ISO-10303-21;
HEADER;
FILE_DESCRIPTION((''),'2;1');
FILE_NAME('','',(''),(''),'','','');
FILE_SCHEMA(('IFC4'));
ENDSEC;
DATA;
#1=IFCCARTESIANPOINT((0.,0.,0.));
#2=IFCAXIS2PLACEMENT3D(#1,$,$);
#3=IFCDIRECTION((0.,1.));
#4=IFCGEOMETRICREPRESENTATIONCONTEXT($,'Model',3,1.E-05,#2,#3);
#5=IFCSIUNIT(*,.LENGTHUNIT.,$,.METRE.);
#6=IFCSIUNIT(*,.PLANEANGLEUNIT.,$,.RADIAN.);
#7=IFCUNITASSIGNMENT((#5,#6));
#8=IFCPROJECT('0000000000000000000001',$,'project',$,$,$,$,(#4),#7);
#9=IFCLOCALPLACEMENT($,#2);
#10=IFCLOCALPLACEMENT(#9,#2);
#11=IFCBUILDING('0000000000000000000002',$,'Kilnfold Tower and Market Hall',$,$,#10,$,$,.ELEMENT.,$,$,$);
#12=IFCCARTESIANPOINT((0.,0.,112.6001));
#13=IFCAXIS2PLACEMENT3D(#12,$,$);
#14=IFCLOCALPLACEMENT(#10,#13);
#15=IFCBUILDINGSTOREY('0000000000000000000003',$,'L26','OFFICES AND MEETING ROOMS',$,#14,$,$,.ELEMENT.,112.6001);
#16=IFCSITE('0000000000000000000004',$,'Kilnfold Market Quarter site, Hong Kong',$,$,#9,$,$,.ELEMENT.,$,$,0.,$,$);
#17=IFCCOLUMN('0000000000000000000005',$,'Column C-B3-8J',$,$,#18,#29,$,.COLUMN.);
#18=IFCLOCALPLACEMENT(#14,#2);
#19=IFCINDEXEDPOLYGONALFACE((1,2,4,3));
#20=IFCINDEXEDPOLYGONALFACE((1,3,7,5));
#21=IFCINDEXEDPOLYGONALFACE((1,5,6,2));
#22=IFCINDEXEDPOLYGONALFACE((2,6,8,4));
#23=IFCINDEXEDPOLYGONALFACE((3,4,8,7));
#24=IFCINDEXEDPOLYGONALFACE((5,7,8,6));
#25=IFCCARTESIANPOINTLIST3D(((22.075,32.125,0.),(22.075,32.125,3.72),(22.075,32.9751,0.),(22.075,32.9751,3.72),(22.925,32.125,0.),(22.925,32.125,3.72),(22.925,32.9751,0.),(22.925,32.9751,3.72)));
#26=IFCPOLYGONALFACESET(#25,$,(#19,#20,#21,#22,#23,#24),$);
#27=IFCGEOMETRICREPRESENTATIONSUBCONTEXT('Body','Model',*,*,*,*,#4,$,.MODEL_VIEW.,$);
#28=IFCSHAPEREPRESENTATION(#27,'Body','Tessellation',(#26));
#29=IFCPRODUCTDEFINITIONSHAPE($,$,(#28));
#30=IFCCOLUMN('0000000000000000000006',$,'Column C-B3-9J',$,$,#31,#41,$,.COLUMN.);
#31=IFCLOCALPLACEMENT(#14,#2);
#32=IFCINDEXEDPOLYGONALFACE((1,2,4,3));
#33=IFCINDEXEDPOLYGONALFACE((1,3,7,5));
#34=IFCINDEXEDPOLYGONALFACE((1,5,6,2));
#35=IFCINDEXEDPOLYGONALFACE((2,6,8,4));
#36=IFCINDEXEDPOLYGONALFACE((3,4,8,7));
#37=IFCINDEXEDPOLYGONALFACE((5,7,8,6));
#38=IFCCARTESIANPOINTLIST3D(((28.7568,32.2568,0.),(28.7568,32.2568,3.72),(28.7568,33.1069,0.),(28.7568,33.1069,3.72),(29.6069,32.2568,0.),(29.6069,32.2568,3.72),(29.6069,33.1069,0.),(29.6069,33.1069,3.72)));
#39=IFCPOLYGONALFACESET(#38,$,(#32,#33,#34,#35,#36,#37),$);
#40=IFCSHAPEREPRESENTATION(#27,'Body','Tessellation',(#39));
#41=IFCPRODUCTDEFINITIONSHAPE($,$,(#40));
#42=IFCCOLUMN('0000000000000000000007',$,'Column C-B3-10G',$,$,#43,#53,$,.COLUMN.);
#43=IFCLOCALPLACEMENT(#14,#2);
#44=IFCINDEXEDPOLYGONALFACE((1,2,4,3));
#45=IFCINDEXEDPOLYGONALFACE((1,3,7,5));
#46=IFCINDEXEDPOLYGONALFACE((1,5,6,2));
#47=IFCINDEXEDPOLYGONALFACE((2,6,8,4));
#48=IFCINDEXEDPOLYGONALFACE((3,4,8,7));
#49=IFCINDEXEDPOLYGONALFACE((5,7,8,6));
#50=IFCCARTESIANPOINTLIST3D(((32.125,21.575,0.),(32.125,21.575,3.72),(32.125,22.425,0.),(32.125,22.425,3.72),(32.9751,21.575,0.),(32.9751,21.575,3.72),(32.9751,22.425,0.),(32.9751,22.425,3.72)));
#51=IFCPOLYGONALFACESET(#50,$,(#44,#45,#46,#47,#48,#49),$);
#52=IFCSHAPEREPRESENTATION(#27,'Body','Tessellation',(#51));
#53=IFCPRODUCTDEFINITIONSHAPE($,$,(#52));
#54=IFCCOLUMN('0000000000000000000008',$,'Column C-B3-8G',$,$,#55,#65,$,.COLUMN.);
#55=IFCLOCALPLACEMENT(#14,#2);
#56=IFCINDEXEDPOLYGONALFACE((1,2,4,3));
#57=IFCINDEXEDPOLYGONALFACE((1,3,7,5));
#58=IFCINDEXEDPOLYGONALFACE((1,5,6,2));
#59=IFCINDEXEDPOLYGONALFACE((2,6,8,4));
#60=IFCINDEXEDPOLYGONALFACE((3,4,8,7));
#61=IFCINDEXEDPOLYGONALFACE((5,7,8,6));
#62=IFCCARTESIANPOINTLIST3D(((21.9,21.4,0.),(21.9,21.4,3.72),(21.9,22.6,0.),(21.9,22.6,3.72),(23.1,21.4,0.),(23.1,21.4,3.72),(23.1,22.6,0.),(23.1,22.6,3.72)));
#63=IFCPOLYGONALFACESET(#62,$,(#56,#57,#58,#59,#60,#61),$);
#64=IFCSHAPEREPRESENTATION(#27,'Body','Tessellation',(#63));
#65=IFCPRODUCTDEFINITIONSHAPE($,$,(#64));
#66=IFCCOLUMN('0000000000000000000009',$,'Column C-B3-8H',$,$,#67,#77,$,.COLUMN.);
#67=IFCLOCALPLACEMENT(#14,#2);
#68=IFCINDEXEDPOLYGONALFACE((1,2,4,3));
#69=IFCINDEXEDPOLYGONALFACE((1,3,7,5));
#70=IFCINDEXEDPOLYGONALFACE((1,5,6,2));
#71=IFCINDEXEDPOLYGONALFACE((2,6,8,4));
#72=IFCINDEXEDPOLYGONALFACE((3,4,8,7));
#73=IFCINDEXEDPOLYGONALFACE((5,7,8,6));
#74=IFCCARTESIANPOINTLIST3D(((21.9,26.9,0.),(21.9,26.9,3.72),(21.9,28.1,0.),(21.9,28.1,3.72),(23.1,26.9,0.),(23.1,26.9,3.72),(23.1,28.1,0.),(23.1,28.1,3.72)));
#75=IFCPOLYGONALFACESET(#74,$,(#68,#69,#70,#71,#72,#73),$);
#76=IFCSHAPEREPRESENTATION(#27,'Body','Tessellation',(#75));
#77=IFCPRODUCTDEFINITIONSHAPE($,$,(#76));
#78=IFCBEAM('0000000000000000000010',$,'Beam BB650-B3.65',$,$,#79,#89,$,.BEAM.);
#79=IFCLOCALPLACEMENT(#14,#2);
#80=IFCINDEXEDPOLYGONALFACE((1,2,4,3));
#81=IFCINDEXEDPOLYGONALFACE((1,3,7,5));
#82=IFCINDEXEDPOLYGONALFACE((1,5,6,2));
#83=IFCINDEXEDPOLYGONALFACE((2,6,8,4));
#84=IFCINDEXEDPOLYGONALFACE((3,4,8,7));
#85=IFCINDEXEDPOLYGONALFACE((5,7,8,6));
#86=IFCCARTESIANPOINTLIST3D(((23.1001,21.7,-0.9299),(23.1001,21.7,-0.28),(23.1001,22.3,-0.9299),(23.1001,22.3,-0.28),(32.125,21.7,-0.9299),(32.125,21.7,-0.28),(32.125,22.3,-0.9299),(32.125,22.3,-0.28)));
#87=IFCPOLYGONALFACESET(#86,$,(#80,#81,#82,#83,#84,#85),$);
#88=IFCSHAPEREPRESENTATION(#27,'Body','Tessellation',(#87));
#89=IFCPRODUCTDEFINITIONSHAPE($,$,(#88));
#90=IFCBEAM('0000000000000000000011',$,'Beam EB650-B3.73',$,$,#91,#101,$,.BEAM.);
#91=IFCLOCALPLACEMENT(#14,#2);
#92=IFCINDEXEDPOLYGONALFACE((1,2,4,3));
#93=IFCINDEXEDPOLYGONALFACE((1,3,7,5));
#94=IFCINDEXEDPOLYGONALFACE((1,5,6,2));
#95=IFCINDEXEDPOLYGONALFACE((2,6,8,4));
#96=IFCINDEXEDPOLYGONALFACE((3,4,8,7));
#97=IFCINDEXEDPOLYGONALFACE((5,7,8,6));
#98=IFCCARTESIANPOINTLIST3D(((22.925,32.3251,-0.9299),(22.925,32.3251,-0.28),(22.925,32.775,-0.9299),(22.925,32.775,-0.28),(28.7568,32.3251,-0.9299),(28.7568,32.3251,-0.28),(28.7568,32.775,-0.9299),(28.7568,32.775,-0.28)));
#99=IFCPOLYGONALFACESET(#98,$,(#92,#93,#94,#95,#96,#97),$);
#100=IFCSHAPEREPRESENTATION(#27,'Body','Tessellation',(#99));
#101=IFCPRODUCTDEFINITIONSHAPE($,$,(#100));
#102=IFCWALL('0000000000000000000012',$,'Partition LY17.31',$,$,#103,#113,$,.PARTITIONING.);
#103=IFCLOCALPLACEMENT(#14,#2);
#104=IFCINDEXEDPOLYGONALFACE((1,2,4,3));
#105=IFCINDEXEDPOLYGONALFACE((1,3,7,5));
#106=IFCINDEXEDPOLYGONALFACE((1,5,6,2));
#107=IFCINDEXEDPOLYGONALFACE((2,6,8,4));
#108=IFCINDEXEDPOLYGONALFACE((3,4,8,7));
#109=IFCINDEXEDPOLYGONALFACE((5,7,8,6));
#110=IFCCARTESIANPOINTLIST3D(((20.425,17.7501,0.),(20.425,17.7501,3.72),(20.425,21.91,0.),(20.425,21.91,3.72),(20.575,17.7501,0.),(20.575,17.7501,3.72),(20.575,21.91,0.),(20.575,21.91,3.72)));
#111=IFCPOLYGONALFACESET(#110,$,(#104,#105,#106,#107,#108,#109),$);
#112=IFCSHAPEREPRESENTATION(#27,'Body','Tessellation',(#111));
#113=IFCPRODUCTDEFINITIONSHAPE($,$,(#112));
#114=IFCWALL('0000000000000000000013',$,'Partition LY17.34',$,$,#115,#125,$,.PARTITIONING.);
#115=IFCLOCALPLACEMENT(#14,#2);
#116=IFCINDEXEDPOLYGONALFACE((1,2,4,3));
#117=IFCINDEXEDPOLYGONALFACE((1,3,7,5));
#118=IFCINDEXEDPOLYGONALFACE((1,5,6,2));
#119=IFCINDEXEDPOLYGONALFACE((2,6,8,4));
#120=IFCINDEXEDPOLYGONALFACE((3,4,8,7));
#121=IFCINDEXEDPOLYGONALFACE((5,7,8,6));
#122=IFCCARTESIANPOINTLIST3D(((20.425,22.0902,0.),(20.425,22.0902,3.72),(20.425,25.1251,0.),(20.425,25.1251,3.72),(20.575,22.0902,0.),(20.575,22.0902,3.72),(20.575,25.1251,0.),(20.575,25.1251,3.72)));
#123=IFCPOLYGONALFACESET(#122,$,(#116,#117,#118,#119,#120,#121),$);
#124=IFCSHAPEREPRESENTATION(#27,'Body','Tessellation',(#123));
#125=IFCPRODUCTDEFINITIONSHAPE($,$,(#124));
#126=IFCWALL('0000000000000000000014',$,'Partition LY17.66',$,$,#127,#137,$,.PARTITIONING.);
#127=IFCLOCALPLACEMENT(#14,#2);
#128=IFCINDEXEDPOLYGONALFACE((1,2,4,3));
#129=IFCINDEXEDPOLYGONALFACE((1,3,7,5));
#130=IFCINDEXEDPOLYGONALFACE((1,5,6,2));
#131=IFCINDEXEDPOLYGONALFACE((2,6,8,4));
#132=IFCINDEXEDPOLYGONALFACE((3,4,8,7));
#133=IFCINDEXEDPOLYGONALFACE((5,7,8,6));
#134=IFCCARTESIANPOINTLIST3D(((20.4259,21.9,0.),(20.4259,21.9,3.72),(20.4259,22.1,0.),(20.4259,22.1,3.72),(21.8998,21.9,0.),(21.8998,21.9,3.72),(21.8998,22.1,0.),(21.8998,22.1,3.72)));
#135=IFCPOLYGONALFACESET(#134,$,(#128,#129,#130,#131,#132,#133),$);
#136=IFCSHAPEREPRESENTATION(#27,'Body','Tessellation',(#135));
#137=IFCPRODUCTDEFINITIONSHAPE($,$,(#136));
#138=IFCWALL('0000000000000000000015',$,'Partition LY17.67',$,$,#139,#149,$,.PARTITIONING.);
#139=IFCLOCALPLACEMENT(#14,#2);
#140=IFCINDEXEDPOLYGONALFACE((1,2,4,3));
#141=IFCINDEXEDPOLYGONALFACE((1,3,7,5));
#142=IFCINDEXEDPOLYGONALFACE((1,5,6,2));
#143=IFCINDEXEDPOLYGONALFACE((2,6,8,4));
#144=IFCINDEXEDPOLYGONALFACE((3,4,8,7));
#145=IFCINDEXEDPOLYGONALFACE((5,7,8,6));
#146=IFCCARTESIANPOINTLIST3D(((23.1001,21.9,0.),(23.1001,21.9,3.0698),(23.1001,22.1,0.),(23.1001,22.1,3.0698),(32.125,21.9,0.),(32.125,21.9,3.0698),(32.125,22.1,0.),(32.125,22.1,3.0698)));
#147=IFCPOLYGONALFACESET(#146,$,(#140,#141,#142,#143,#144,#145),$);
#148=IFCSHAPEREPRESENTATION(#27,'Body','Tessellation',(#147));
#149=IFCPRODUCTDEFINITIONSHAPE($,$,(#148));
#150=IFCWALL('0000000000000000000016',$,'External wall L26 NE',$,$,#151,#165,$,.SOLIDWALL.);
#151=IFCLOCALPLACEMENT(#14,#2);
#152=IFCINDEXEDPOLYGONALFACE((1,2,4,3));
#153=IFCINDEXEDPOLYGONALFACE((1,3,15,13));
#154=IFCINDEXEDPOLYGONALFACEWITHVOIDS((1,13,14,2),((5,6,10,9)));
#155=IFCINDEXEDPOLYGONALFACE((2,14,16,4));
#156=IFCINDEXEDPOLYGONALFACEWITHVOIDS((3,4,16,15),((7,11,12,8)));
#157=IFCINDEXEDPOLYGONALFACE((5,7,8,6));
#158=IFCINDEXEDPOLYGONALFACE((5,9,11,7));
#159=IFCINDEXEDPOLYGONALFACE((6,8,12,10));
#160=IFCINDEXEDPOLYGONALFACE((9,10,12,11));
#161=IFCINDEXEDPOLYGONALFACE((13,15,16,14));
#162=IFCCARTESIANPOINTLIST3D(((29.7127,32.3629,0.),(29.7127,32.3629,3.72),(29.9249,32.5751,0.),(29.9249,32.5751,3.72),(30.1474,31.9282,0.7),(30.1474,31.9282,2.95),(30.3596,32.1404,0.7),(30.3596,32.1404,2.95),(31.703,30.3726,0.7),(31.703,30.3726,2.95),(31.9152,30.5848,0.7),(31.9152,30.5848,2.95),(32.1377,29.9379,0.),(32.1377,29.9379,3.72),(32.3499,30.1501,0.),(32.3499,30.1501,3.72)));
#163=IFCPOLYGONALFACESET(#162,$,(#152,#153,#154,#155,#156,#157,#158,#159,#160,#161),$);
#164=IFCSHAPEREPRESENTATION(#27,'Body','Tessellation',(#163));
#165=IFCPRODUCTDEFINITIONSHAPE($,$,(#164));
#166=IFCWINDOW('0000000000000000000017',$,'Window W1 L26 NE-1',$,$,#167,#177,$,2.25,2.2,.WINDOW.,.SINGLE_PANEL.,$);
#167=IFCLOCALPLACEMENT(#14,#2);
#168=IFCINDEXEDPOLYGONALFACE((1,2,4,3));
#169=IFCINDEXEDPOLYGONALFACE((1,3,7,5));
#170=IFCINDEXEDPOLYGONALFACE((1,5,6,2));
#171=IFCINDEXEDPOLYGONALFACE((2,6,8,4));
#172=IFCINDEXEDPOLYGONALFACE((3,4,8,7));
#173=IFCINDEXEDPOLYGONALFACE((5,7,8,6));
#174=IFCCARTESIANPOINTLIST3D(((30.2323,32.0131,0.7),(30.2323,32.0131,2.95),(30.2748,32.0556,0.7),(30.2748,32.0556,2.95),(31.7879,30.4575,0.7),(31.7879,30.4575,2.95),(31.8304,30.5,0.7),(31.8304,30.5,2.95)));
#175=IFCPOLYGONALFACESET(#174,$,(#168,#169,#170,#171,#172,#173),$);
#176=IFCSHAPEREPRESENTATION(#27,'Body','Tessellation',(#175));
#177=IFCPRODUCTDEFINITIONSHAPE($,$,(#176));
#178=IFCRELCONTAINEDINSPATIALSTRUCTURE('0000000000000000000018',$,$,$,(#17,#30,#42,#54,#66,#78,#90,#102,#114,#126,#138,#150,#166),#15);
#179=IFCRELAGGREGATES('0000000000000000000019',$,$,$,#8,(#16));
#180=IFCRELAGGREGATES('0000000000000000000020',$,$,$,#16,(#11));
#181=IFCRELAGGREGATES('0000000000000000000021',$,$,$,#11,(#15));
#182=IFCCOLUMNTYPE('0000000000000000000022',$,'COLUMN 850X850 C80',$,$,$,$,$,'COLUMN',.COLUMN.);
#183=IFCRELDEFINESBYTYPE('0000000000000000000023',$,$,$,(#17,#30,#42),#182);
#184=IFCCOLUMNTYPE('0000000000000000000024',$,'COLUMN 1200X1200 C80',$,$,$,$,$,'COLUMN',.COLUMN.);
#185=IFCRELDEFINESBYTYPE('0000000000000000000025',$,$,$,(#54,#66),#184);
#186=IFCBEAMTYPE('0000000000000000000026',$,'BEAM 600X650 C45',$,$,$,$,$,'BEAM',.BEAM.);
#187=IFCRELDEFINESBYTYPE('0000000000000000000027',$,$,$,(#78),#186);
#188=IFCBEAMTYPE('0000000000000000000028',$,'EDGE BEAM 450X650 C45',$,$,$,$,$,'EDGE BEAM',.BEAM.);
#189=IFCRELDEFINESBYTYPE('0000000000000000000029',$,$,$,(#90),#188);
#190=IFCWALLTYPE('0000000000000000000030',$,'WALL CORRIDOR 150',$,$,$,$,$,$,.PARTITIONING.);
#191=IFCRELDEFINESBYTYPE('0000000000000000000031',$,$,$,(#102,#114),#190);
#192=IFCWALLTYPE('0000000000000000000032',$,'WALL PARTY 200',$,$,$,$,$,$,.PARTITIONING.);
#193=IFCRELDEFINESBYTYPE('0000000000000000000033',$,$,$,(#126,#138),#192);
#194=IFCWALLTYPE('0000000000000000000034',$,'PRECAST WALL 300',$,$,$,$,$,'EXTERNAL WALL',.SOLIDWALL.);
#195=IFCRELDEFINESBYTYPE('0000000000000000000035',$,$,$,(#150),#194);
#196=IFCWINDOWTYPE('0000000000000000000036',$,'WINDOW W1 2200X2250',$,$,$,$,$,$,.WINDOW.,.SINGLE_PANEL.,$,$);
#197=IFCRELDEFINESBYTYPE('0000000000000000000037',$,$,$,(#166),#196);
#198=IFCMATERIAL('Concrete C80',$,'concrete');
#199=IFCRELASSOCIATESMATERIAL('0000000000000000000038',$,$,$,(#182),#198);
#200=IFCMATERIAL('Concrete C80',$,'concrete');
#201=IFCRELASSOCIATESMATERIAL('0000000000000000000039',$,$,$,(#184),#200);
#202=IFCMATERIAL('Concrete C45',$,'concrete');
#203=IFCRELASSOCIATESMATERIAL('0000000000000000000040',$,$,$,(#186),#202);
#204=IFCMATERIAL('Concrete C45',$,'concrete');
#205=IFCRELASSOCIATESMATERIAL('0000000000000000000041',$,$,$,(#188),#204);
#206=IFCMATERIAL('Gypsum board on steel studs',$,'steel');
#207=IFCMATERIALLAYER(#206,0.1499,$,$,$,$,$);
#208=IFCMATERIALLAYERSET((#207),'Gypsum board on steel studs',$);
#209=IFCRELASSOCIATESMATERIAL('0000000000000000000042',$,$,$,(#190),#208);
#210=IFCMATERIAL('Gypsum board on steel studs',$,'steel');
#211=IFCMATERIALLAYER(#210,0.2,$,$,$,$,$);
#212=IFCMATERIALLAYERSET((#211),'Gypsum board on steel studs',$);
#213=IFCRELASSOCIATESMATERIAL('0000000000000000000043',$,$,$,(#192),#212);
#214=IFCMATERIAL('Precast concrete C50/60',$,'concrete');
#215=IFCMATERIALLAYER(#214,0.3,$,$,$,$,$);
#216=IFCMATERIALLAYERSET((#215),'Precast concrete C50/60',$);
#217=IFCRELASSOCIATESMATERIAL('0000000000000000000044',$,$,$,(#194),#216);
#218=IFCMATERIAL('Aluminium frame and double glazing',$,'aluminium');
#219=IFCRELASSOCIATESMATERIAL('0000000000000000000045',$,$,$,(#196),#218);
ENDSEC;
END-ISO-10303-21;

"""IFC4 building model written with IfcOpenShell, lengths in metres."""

from ifc_helpers import new_model, si_unit, direction, frame, frame_2d, origin, origin_2d, place, context, subcontext, project, spatial, rectangle, extrude, source, transform, mapped, material, layer, layer_set, material_profile, profile_set, type_object, element, fill, save


model = new_model("IFC4")

# Units and contexts
model_context = context("Model", 3, precision=1e-05, world=origin(), true_north=direction((0.0, 1.0)))
body_context = subcontext(model_context, "Body", "Model", "MODEL_VIEW")
ifc_project = project(units=[si_unit("LENGTHUNIT", "METRE"), si_unit("PLANEANGLEUNIT", "RADIAN")], contexts=[model_context])

# Site, building, storey
site_placement = place(None, origin())
site = spatial("IfcSite", under=ifc_project, at=site_placement, Name="Kilnfold Market Quarter site, Hong Kong", CompositionType="ELEMENT", RefElevation=0.0)
building_placement = place(site_placement, origin())
building = spatial("IfcBuilding", under=site, at=building_placement, Name="Kilnfold Tower and Market Hall", CompositionType="ELEMENT")
storey_placement = place(building_placement, frame((0.0, 0.0, 112.6001)))
storey = spatial("IfcBuildingStorey", under=building, at=storey_placement, Name="L26", Description="OFFICES AND MEETING ROOMS", CompositionType="ELEMENT", Elevation=112.6001)

# Columns
ifc_material_1 = material(Name="Concrete C80", Category="concrete")
ifc_material_profile_1 = material_profile(ifc_material_1, rectangle(XDim=0.8501, YDim=0.8501, at=origin_2d()), Name="RC 850x850")
ifc_profile_set_1 = profile_set([ifc_material_profile_1], Name="Concrete C80")
column_type_1 = type_object("IfcColumnType", Name="COLUMN 850X850 C80", ElementType="COLUMN", PredefinedType="COLUMN", material=ifc_profile_set_1)
shared_shape_1 = source(origin(), body_context, "Body", "SweptSolid", [
    extrude(rectangle(XDim=0.8501, YDim=0.8501, at=origin_2d()), origin(), (0.0, 0.0, 1.0), 3.72),
])
for number, where, z_axis, x_axis, name in (
    (1, (22.5, 32.55, 0.0), (0.0, 0.0, 1.0), (1.0, 0.0, 0.0), "Column C-B3-8J"),
    (2, (29.1819, 32.6819, 0.0), (0.0, 0.0, 1.0), (1.0, 0.0, 0.0), "Column C-B3-9J"),
    (3, (32.55, 22.0, 0.0), (0.0, 0.0, 1.0), (1.0, 0.0, 0.0), "Column C-B3-10G"),
):
    element("IfcColumn", number, at=place(storey_placement, frame(where, z_axis=z_axis, x_axis=x_axis)), inside=storey, type_object=column_type_1, Name=name, PredefinedType="COLUMN", context=body_context, shape_type="MappedRepresentation", body=[
        mapped(shared_shape_1, transform((0.0, 0.0, 0.0))),
    ])
ifc_material_2 = material(Name="Concrete C80", Category="concrete")
ifc_material_profile_2 = material_profile(ifc_material_2, rectangle(XDim=1.2, YDim=1.2, at=origin_2d()), Name="RC 1200x1200")
ifc_profile_set_2 = profile_set([ifc_material_profile_2], Name="Concrete C80")
column_type_2 = type_object("IfcColumnType", Name="COLUMN 1200X1200 C80", ElementType="COLUMN", PredefinedType="COLUMN", material=ifc_profile_set_2)
shared_shape_2 = source(origin(), body_context, "Body", "SweptSolid", [
    extrude(rectangle(XDim=1.2, YDim=1.2, at=origin_2d()), origin(), (0.0, 0.0, 1.0), 3.72),
])
for number, where, z_axis, x_axis, name in (
    (4, (22.5, 22.0, 0.0), (0.0, 0.0, 1.0), (1.0, 0.0, 0.0), "Column C-B3-8G"),
    (5, (22.5, 27.5, 0.0), (0.0, 0.0, 1.0), (1.0, 0.0, 0.0), "Column C-B3-8H"),
):
    element("IfcColumn", number, at=place(storey_placement, frame(where, z_axis=z_axis, x_axis=x_axis)), inside=storey, type_object=column_type_2, Name=name, PredefinedType="COLUMN", context=body_context, shape_type="MappedRepresentation", body=[
        mapped(shared_shape_2, transform((0.0, 0.0, 0.0))),
    ])

# Beams
ifc_material_3 = material(Name="Concrete C45", Category="concrete")
ifc_material_profile_3 = material_profile(ifc_material_3, rectangle(XDim=0.6001, YDim=0.6499, at=origin_2d()), Name="RC 600x650")
ifc_profile_set_3 = profile_set([ifc_material_profile_3], Name="Concrete C45")
beam_type_1 = type_object("IfcBeamType", Name="BEAM 600X650 C45", ElementType="BEAM", PredefinedType="BEAM", material=ifc_profile_set_3)
shared_shape_3 = source(origin(), body_context, "Body", "SweptSolid", [
    extrude(rectangle(XDim=0.6001, YDim=0.6499, at=origin_2d()), origin(), (0.0, 0.0, 1.0), 9.0249),
])
beam_1_placement = place(storey_placement, frame((23.1001, 22.0, -0.605), z_axis=(1.0, 0.0, 0.0), x_axis=(0.0, 1.0, 0.0)))
element("IfcBeam", 6, at=beam_1_placement, inside=storey, type_object=beam_type_1, Name="Beam BB650-B3.65", PredefinedType="BEAM", context=body_context, shape_type="MappedRepresentation", body=[
    mapped(shared_shape_3, transform((0.0, 0.0, 0.0))),
])
ifc_material_4 = material(Name="Concrete C45", Category="concrete")
ifc_material_profile_4 = material_profile(ifc_material_4, rectangle(XDim=0.45, YDim=0.6499, at=origin_2d()), Name="RC 450x650")
ifc_profile_set_4 = profile_set([ifc_material_profile_4], Name="Concrete C45")
beam_type_2 = type_object("IfcBeamType", Name="EDGE BEAM 450X650 C45", ElementType="EDGE BEAM", PredefinedType="BEAM", material=ifc_profile_set_4)
shared_shape_4 = source(origin(), body_context, "Body", "SweptSolid", [
    extrude(rectangle(XDim=0.45, YDim=0.6499, at=origin_2d()), origin(), (0.0, 0.0, 1.0), 5.8318),
])
beam_2_placement = place(storey_placement, frame((22.925, 32.55, -0.605), z_axis=(1.0, 0.0, 0.0), x_axis=(0.0, 1.0, 0.0)))
element("IfcBeam", 7, at=beam_2_placement, inside=storey, type_object=beam_type_2, Name="Beam EB650-B3.73", PredefinedType="BEAM", context=body_context, shape_type="MappedRepresentation", body=[
    mapped(shared_shape_4, transform((0.0, 0.0, 0.0))),
])

# Walls
ifc_material_5 = material(Name="Gypsum board on steel studs", Category="steel")
ifc_layer_1 = layer(ifc_material_5, 0.1499)
ifc_layer_set_1 = layer_set([ifc_layer_1], Name="Gypsum board on steel studs")
wall_type_1 = type_object("IfcWallType", Name="WALL CORRIDOR 150", PredefinedType="PARTITIONING", material=ifc_layer_set_1)
wall_1_placement = place(storey_placement, frame((20.5, 17.75, 0.0), z_axis=(0.0, 0.0, 1.0), x_axis=(0.0, 1.0, 0.0)))
element("IfcWall", 8, at=wall_1_placement, inside=storey, type_object=wall_type_1, Name="Partition LY17.31", PredefinedType="PARTITIONING", context=body_context, shape_type="SweptSolid", body=[
    extrude(rectangle(XDim=4.1599, YDim=0.1499, at=frame_2d((2.0801, 0.0))), origin(), (0.0, 0.0, 1.0), 3.72),
])
wall_2_placement = place(storey_placement, frame((20.5, 22.0901, 0.0), z_axis=(0.0, 0.0, 1.0), x_axis=(0.0, 1.0, 0.0)))
element("IfcWall", 9, at=wall_2_placement, inside=storey, type_object=wall_type_1, Name="Partition LY17.34", PredefinedType="PARTITIONING", context=body_context, shape_type="SweptSolid", body=[
    extrude(rectangle(XDim=3.0349, YDim=0.1499, at=frame_2d((1.5176, 0.0))), origin(), (0.0, 0.0, 1.0), 3.72),
])
ifc_material_6 = material(Name="Gypsum board on steel studs", Category="steel")
ifc_layer_2 = layer(ifc_material_6, 0.2)
ifc_layer_set_2 = layer_set([ifc_layer_2], Name="Gypsum board on steel studs")
wall_type_2 = type_object("IfcWallType", Name="WALL PARTY 200", PredefinedType="PARTITIONING", material=ifc_layer_set_2)
wall_3_placement = place(storey_placement, frame((20.426, 22.0, 0.0), z_axis=(0.0, 0.0, 1.0), x_axis=(1.0, 0.0, 0.0)))
element("IfcWall", 10, at=wall_3_placement, inside=storey, type_object=wall_type_2, Name="Partition LY17.66", PredefinedType="PARTITIONING", context=body_context, shape_type="SweptSolid", body=[
    extrude(rectangle(XDim=1.4739, YDim=0.2, at=frame_2d((0.7368, 0.0))), origin(), (0.0, 0.0, 1.0), 3.72),
])
wall_4_placement = place(storey_placement, frame((23.1001, 22.0, 0.0), z_axis=(0.0, 0.0, 1.0), x_axis=(1.0, 0.0, 0.0)))
element("IfcWall", 11, at=wall_4_placement, inside=storey, type_object=wall_type_2, Name="Partition LY17.67", PredefinedType="PARTITIONING", context=body_context, shape_type="SweptSolid", body=[
    extrude(rectangle(XDim=9.0249, YDim=0.2, at=frame_2d((4.5125, 0.0))), origin(), (0.0, 0.0, 1.0), 3.0698),
])

# Wall, opening, window
ifc_material_7 = material(Name="Precast concrete C50/60", Category="concrete")
ifc_layer_3 = layer(ifc_material_7, 0.3)
ifc_layer_set_3 = layer_set([ifc_layer_3], Name="Precast concrete C50/60")
wall_type_3 = type_object("IfcWallType", Name="PRECAST WALL 300", ElementType="EXTERNAL WALL", PredefinedType="SOLIDWALL", material=ifc_layer_set_3)
shared_shape_5 = source(origin(), body_context, "Body", "SweptSolid", [
    extrude(rectangle(XDim=3.4294, YDim=0.3, at=frame_2d((1.7148, 0.0))), origin(), (0.0, 0.0, 1.0), 3.72),
])
wall_5_placement = place(storey_placement, frame((32.2439, 30.0439, 0.0), z_axis=(0.0, 0.0, 1.0), x_axis=(-0.707107, 0.707107, 0.0)))
wall_5 = element("IfcWall", 12, at=wall_5_placement, inside=storey, type_object=wall_type_3, Name="External wall L26 NE", PredefinedType="SOLIDWALL", context=body_context, shape_type="MappedRepresentation", body=[
    mapped(shared_shape_5, transform((0.0, 0.0, 0.0))),
])
opening_1_placement = place(wall_5_placement, frame((0.6147, 0.0, 0.7)))
opening_1 = element("IfcOpeningElement", 13, at=opening_1_placement, cuts=wall_5, PredefinedType="OPENING", context=body_context, shape_type="SweptSolid", body=[
    extrude(rectangle(XDim=2.2, YDim=2.25, at=frame_2d((1.1001, 1.125))), frame((0.0, 0.1602, 0.0), z_axis=(0.0, -1.0, 0.0), x_axis=(1.0, 0.0, 0.0)), (0.0, 0.0, 1.0), 0.3201),
])
ifc_material_8 = material(Name="Aluminium frame and double glazing", Category="aluminium")
window_type = type_object("IfcWindowType", Name="WINDOW W1 2200X2250", PartitioningType="SINGLE_PANEL", PredefinedType="WINDOW", material=ifc_material_8)
window_1_placement = place(opening_1_placement, origin())
window_1 = element("IfcWindow", 14, at=window_1_placement, inside=storey, type_object=window_type, Name="Window W1 L26 NE-1", OverallHeight=2.25, OverallWidth=2.2, PartitioningType="SINGLE_PANEL", PredefinedType="WINDOW", context=body_context, shape_type="SweptSolid", body=[
    extrude(rectangle(XDim=2.2, YDim=2.25, at=frame_2d((1.1001, 1.125))), frame((0.0, 0.03, 0.0), z_axis=(0.0, -1.0, 0.0), x_axis=(1.0, 0.0, 0.0)), (0.0, 0.0, 1.0), 0.0601),
])
fill(opening_1, window_1)

save(model, "model.ifc")
